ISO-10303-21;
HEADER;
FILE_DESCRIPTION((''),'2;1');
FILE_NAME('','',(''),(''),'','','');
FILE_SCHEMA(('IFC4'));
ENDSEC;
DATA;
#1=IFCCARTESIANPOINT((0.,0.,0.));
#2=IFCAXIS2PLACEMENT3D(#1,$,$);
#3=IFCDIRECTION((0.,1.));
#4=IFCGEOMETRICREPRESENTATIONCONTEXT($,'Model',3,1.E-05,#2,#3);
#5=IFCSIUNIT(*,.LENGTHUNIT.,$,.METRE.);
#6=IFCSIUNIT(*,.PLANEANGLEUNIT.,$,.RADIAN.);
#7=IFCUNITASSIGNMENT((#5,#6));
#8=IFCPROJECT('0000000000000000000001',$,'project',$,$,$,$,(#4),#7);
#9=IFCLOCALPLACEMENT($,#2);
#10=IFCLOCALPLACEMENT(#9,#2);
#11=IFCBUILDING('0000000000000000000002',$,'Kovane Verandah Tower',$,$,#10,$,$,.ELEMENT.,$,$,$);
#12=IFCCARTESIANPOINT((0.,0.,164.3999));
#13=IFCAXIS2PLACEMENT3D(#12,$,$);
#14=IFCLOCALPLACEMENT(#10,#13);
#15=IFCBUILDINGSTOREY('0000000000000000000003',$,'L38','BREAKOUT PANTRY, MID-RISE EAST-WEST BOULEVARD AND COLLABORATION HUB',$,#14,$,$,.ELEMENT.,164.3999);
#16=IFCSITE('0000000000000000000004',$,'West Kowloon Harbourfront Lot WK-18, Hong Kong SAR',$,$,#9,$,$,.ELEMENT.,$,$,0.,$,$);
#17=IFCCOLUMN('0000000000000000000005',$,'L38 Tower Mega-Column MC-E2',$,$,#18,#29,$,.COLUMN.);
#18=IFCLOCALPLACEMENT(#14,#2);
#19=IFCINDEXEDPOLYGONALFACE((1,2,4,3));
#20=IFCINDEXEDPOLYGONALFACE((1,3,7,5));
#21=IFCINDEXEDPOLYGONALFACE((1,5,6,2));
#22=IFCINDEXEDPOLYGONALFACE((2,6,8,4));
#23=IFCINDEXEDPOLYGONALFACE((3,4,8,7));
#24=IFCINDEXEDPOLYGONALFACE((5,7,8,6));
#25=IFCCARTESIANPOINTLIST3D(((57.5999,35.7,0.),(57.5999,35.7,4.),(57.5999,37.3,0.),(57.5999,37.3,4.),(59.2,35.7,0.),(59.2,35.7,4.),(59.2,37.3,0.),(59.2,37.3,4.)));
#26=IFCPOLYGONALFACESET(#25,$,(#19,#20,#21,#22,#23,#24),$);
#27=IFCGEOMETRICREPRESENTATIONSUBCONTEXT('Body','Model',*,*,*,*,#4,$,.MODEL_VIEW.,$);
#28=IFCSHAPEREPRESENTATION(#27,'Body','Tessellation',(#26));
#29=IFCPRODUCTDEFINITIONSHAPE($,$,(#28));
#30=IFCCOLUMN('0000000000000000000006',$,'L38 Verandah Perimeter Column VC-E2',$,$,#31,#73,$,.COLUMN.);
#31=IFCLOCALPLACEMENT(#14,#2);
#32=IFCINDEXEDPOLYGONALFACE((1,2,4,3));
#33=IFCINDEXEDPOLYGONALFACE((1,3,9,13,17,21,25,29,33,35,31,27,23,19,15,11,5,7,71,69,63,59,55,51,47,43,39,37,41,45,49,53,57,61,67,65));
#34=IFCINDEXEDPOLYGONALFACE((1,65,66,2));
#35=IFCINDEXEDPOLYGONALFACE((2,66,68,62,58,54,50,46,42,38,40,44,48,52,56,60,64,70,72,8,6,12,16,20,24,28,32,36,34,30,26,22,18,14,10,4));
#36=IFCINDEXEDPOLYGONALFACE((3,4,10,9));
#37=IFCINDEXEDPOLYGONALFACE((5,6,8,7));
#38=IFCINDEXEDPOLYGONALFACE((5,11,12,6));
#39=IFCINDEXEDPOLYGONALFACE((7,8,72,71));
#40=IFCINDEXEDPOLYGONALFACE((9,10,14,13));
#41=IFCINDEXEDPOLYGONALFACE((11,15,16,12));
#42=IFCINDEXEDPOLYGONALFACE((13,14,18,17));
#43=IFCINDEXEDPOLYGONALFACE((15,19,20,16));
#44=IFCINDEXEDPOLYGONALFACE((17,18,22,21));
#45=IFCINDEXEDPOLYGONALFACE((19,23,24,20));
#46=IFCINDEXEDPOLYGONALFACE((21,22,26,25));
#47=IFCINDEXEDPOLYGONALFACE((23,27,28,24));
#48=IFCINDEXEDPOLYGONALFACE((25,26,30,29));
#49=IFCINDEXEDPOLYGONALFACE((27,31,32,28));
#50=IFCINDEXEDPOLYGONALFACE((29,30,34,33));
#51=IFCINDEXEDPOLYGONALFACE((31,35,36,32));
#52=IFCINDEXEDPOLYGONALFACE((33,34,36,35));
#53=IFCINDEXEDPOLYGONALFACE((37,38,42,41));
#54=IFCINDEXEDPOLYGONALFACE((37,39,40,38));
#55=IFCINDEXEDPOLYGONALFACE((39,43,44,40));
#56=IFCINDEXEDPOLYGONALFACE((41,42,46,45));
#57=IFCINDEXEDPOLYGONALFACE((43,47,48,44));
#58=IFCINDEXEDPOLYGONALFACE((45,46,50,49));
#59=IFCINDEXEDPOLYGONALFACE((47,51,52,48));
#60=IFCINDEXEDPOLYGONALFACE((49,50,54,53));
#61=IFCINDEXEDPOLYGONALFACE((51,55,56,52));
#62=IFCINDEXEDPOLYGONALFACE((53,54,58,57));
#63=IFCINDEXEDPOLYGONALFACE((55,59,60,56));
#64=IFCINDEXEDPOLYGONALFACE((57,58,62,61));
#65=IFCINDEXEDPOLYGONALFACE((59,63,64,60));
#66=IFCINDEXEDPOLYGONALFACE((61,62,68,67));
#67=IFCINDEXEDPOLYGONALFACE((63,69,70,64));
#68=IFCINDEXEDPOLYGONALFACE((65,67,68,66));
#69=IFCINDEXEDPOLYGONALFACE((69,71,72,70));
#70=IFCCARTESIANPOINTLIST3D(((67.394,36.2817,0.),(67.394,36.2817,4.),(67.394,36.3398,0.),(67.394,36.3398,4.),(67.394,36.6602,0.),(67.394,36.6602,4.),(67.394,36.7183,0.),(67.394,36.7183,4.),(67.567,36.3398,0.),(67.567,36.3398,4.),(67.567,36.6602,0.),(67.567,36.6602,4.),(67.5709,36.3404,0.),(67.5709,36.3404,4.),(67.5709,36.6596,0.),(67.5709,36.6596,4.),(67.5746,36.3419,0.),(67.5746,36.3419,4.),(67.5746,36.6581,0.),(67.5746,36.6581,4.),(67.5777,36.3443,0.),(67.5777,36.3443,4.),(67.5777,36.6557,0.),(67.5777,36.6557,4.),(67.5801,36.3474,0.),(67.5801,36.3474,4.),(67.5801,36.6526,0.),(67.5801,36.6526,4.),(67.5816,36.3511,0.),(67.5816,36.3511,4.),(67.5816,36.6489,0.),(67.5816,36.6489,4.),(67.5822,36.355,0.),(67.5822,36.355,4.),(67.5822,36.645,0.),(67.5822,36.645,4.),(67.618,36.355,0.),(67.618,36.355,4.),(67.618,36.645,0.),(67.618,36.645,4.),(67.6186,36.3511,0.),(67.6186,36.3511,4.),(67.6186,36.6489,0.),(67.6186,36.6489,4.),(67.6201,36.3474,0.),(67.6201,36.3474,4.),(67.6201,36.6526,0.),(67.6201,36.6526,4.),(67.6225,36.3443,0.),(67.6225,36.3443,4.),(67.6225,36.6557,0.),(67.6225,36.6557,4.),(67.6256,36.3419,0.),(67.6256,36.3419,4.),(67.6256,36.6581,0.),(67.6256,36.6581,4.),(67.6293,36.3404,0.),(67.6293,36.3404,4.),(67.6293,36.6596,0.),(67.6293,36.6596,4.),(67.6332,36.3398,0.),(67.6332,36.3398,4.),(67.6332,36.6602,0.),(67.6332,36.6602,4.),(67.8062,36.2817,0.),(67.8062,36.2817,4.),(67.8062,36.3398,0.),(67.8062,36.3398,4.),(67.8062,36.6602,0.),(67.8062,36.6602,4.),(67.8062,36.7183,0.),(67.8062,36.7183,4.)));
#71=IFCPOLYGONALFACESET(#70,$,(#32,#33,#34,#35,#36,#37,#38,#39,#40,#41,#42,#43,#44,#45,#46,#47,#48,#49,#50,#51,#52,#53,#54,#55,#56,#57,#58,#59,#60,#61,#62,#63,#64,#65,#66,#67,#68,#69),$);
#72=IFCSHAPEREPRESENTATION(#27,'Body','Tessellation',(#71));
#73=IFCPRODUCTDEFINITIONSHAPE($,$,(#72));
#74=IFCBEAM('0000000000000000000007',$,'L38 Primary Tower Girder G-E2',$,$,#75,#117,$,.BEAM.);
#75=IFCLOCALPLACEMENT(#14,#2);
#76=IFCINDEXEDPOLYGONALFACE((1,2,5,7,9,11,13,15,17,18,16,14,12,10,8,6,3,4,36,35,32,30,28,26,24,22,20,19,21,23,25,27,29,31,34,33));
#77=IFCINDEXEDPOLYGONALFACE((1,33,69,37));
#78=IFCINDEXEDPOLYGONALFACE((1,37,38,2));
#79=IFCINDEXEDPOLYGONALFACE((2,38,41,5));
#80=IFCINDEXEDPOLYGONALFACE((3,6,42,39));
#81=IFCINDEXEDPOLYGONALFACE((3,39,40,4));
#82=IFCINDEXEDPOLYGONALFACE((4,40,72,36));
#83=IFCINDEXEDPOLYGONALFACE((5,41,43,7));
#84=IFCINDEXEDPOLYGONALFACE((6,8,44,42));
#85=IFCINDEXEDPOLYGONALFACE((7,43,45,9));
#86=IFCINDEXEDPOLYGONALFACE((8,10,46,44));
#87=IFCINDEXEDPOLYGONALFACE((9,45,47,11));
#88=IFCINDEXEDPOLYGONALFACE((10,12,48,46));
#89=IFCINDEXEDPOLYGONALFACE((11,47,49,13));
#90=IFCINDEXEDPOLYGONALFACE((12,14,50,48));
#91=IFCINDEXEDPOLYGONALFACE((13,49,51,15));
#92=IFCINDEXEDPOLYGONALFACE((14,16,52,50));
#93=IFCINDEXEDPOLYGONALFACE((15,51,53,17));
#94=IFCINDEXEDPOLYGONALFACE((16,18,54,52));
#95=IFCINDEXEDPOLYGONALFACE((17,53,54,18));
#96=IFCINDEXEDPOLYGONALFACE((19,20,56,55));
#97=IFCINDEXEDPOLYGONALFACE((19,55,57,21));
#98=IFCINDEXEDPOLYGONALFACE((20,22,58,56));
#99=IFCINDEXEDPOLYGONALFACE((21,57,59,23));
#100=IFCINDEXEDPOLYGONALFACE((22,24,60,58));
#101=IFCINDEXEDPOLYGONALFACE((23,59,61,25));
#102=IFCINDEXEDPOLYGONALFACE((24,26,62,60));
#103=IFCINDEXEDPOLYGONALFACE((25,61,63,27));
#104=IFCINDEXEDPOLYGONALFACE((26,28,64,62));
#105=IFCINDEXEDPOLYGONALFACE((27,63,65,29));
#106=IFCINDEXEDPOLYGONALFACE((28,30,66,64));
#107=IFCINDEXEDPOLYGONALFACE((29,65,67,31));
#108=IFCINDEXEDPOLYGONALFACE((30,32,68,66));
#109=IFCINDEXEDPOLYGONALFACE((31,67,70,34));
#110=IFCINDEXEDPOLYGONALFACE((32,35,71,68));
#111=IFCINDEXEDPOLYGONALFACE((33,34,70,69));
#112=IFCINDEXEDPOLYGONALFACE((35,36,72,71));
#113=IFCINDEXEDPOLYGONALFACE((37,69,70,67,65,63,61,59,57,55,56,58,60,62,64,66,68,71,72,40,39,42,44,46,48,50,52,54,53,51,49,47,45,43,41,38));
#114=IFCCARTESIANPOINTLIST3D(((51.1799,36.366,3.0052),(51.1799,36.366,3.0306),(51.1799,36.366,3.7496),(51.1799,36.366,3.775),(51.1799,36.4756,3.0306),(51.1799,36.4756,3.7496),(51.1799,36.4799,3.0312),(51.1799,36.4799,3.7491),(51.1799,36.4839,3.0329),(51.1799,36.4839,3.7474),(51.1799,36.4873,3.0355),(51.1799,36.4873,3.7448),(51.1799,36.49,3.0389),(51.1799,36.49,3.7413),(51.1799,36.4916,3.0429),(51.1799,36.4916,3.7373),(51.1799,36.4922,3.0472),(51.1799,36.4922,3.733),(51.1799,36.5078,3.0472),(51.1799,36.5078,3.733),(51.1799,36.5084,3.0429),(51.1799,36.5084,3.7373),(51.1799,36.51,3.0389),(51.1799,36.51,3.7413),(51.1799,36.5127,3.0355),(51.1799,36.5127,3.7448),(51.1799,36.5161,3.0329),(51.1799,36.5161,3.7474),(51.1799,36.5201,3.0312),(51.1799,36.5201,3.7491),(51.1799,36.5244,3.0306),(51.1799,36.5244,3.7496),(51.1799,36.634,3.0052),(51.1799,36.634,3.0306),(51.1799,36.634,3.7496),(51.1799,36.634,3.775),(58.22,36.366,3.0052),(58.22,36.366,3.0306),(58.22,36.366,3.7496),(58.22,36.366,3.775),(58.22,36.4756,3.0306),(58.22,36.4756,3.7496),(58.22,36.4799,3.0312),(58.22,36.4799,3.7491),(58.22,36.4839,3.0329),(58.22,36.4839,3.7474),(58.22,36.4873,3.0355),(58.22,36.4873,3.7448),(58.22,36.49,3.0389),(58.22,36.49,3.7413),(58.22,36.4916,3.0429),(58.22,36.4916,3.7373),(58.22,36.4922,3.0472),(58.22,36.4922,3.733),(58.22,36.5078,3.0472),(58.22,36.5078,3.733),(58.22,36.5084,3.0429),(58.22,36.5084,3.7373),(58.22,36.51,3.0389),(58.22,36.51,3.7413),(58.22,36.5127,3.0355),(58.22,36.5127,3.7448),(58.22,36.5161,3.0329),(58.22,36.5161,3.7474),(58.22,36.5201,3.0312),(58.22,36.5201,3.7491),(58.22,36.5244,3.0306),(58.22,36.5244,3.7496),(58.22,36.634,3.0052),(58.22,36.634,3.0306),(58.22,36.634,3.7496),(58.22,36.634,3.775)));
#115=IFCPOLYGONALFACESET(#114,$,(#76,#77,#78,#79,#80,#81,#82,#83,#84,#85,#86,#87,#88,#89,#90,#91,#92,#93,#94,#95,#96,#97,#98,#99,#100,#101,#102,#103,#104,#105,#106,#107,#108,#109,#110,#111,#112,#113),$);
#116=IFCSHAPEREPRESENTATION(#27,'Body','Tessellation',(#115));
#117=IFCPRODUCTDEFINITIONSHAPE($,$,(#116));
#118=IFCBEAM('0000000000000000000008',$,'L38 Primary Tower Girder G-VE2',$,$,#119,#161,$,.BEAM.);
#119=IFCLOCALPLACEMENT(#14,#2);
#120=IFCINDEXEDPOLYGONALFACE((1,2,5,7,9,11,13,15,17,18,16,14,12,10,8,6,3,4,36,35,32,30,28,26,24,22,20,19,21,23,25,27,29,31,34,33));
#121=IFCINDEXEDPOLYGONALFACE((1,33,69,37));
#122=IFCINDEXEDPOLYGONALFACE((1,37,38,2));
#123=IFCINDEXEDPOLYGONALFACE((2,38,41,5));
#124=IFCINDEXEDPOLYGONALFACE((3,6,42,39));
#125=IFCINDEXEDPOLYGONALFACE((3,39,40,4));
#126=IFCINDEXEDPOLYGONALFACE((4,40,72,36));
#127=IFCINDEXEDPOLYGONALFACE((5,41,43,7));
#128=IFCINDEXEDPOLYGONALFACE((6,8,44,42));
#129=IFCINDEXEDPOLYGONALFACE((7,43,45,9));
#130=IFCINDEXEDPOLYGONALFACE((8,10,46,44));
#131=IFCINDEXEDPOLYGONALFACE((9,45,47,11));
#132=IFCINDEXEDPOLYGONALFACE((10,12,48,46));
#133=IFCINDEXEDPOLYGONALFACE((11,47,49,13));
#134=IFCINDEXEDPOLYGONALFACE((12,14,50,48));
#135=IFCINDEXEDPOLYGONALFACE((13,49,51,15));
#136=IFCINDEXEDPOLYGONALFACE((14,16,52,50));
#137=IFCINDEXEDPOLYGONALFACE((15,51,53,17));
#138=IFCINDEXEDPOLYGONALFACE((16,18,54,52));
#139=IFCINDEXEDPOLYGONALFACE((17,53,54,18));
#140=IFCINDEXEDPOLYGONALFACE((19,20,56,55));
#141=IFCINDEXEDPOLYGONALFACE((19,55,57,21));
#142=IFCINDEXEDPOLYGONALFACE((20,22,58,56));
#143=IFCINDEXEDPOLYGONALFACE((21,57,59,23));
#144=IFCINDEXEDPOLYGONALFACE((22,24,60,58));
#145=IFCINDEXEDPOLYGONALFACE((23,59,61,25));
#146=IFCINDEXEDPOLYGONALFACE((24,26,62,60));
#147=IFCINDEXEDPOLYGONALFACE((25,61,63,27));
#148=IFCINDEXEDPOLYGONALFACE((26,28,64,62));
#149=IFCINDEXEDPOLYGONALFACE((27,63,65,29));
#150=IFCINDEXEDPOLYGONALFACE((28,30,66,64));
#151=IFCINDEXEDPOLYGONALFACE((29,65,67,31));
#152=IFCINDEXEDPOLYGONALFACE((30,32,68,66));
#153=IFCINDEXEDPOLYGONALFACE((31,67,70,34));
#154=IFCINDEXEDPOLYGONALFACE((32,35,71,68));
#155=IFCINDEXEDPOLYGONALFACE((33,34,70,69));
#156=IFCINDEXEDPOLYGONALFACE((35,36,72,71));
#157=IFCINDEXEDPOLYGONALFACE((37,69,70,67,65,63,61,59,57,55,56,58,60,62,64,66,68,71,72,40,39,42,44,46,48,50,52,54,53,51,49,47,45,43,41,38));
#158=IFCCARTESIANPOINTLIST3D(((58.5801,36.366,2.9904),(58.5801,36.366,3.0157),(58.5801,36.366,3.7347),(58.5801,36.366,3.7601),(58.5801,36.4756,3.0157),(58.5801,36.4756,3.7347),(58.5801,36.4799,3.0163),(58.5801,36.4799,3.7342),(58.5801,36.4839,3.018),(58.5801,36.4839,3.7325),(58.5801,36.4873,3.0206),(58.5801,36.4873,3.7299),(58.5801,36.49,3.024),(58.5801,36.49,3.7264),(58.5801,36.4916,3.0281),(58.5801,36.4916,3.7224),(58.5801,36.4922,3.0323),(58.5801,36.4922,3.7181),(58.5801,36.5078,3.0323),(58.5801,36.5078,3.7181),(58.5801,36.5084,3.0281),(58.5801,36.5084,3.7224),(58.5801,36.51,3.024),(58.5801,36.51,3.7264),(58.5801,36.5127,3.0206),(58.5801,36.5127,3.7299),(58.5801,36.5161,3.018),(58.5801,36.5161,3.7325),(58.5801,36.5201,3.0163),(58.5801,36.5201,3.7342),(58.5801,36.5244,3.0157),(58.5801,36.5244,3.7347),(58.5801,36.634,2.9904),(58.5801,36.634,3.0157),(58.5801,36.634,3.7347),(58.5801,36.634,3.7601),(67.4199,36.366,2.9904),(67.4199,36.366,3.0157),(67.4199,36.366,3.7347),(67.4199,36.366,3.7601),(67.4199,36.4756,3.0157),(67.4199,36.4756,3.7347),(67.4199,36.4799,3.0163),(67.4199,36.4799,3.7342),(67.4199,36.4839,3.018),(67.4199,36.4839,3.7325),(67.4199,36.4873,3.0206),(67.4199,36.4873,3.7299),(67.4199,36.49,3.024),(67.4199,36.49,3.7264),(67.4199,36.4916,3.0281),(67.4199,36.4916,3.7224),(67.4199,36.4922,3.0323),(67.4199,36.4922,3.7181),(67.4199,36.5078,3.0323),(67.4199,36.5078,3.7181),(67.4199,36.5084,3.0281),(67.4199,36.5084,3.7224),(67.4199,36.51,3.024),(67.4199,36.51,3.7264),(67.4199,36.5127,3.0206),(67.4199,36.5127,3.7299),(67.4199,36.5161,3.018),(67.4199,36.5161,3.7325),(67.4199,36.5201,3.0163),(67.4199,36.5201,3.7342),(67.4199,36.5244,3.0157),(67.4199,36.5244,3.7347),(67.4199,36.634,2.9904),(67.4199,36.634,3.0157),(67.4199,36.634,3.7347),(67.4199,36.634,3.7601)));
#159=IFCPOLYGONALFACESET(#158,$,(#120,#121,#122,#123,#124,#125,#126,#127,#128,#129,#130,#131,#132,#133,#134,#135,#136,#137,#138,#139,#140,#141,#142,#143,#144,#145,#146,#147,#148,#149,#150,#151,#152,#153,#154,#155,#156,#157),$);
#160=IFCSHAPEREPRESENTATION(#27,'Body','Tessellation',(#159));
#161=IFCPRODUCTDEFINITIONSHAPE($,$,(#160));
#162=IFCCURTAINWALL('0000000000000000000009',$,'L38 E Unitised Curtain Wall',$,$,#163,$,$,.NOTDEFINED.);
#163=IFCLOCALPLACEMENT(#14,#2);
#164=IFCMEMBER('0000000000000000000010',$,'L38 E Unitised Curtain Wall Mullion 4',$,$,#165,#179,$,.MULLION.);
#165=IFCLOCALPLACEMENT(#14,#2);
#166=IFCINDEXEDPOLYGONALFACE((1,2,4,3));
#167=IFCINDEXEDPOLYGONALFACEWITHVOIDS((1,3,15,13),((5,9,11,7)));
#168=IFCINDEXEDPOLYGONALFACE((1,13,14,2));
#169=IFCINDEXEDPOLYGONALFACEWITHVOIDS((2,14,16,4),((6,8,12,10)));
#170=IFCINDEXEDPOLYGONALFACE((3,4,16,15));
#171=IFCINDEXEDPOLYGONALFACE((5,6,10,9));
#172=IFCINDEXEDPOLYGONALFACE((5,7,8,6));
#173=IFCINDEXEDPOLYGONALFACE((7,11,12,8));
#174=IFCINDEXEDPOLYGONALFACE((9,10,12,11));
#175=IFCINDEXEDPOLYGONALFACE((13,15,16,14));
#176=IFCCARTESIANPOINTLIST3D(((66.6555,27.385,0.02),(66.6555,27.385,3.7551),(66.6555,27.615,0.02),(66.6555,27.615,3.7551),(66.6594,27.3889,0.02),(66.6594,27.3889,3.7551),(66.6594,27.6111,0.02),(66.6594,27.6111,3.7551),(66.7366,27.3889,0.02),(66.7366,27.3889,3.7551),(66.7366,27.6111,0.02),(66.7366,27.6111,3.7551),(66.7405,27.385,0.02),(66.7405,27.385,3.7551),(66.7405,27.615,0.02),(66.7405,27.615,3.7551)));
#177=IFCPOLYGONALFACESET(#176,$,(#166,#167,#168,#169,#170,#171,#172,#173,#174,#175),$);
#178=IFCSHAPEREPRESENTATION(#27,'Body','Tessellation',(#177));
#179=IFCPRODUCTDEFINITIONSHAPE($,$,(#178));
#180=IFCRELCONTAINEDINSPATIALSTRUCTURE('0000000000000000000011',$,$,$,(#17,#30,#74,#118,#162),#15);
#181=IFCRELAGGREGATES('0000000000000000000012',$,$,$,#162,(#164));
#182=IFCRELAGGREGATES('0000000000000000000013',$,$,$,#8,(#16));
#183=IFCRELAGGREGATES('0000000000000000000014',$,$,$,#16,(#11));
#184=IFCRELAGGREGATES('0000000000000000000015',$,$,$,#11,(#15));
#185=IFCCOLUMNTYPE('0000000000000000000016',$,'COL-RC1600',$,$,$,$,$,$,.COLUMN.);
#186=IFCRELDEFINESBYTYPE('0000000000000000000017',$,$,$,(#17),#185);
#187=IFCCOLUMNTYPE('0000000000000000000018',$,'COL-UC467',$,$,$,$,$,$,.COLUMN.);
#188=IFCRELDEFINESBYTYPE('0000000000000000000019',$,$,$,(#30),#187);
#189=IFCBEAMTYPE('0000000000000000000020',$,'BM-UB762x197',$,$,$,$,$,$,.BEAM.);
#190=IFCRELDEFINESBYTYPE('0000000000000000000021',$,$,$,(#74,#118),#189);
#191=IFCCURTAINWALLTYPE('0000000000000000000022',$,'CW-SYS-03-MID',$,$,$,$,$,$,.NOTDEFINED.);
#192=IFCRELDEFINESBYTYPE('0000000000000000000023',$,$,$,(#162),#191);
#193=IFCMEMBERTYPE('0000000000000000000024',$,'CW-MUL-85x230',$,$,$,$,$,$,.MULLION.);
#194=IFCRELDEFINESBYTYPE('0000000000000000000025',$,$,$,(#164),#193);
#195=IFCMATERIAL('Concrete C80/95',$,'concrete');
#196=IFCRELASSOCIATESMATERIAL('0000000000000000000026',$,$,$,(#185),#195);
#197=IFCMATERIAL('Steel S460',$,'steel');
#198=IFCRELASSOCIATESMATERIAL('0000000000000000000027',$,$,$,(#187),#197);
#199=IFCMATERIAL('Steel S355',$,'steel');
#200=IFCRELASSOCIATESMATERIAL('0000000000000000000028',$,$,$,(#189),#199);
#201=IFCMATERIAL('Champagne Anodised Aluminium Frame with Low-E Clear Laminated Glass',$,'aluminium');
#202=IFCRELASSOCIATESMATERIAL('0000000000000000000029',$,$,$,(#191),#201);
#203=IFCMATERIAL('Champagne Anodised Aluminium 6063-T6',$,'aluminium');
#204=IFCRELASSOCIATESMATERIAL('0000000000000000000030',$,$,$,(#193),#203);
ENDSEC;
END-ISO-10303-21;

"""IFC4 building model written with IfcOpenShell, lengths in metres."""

from ifc_helpers import new_model, si_unit, direction, frame, origin, origin_2d, place, context, subcontext, project, spatial, rectangle, hollow_rectangle, i_section, extrude, material, material_profile, profile_set, type_object, element, aggregate, save


model = new_model("IFC4")

# Units and contexts
model_context = context("Model", 3, precision=1e-05, world=origin(), true_north=direction((0.0, 1.0)))
body_context = subcontext(model_context, "Body", "Model", "MODEL_VIEW")
ifc_project = project(units=[si_unit("LENGTHUNIT", "METRE"), si_unit("PLANEANGLEUNIT", "RADIAN")], contexts=[model_context])

# Site, building, storey
site_placement = place(None, origin())
site = spatial("IfcSite", under=ifc_project, at=site_placement, Name="West Kowloon Harbourfront Lot WK-18, Hong Kong SAR", CompositionType="ELEMENT", RefElevation=0.0)
building_placement = place(site_placement, origin())
building = spatial("IfcBuilding", under=site, at=building_placement, Name="Kovane Verandah Tower", CompositionType="ELEMENT")
storey_placement = place(building_placement, frame((0.0, 0.0, 164.3999)))
storey = spatial("IfcBuildingStorey", under=building, at=storey_placement, Name="L38", Description="BREAKOUT PANTRY, MID-RISE EAST-WEST BOULEVARD AND COLLABORATION HUB", CompositionType="ELEMENT", Elevation=164.3999)

# Columns
ifc_material_1 = material(Name="Concrete C80/95", Category="concrete")
ifc_material_profile_1 = material_profile(ifc_material_1, rectangle(XDim=1.6001, YDim=1.6001, at=origin_2d()), Name="RC1600x1600")
ifc_profile_set_1 = profile_set([ifc_material_profile_1], Name="Concrete C80/95")
column_type_1 = type_object("IfcColumnType", Name="COL-RC1600", PredefinedType="COLUMN", material=ifc_profile_set_1)
column_1_placement = place(storey_placement, frame((58.3999, 36.5, 0.0), z_axis=(0.0, 0.0, 1.0), x_axis=(1.0, 0.0, 0.0)))
element("IfcColumn", 1, at=column_1_placement, inside=storey, type_object=column_type_1, Name="L38 Tower Mega-Column MC-E2", PredefinedType="COLUMN", context=body_context, shape_type="SweptSolid", body=[
    extrude(rectangle(XDim=1.6001, YDim=1.6001, at=origin_2d()), origin(), (0.0, 0.0, 1.0), 4.0),
])
ifc_material_2 = material(Name="Steel S460", Category="steel")
ifc_material_profile_2 = material_profile(ifc_material_2, i_section(OverallWidth=0.4121, OverallDepth=0.4365, WebThickness=0.0359, FlangeThickness=0.0581, FilletRadius=0.0151, at=origin_2d()), Name="UC356x406x467")
ifc_profile_set_2 = profile_set([ifc_material_profile_2], Name="Steel S460")
column_type_2 = type_object("IfcColumnType", Name="COL-UC467", PredefinedType="COLUMN", material=ifc_profile_set_2)
column_2_placement = place(storey_placement, frame((67.6001, 36.5, 0.0), z_axis=(0.0, 0.0, 1.0), x_axis=(1.0, 0.0, 0.0)))
element("IfcColumn", 2, at=column_2_placement, inside=storey, type_object=column_type_2, Name="L38 Verandah Perimeter Column VC-E2", PredefinedType="COLUMN", context=body_context, shape_type="SweptSolid", body=[
    extrude(i_section(OverallWidth=0.4121, OverallDepth=0.4365, WebThickness=0.0359, FlangeThickness=0.0581, FilletRadius=0.0151, at=origin_2d()), origin(), (0.0, 0.0, 1.0), 4.0),
])

# Beams
ifc_material_3 = material(Name="Steel S355", Category="steel")
ifc_material_profile_3 = material_profile(ifc_material_3, i_section(OverallWidth=0.2681, OverallDepth=0.7698, WebThickness=0.0156, FlangeThickness=0.0254, FilletRadius=0.0166, at=origin_2d()), Name="UB762x267x197")
ifc_profile_set_3 = profile_set([ifc_material_profile_3], Name="Steel S355")
beam_type = type_object("IfcBeamType", Name="BM-UB762x197", PredefinedType="BEAM", material=ifc_profile_set_3)
beam_1_placement = place(storey_placement, frame((51.1799, 36.5, 3.3901), z_axis=(1.0, 0.0, 0.0), x_axis=(0.0, 1.0, 0.0)))
element("IfcBeam", 3, at=beam_1_placement, inside=storey, type_object=beam_type, Name="L38 Primary Tower Girder G-E2", PredefinedType="BEAM", context=body_context, shape_type="SweptSolid", body=[
    extrude(i_section(OverallWidth=0.2681, OverallDepth=0.7698, WebThickness=0.0156, FlangeThickness=0.0254, FilletRadius=0.0166, at=origin_2d()), origin(), (0.0, 0.0, 1.0), 7.04),
])
beam_2_placement = place(storey_placement, frame((58.5801, 36.5, 3.3752), z_axis=(1.0, 0.0, 0.0), x_axis=(0.0, 1.0, 0.0)))
element("IfcBeam", 4, at=beam_2_placement, inside=storey, type_object=beam_type, Name="L38 Primary Tower Girder G-VE2", PredefinedType="BEAM", context=body_context, shape_type="SweptSolid", body=[
    extrude(i_section(OverallWidth=0.2681, OverallDepth=0.7698, WebThickness=0.0156, FlangeThickness=0.0254, FilletRadius=0.0166, at=origin_2d()), origin(), (0.0, 0.0, 1.0), 8.8398),
])

# Curtain wall, member
ifc_material_4 = material(Name="Champagne Anodised Aluminium Frame with Low-E Clear Laminated Glass", Category="aluminium")
curtain_wall_type = type_object("IfcCurtainWallType", Name="CW-SYS-03-MID", PredefinedType="NOTDEFINED", material=ifc_material_4)
curtain_wall_placement = place(storey_placement, origin())
curtain_wall = element("IfcCurtainWall", 5, at=curtain_wall_placement, inside=storey, type_object=curtain_wall_type, Name="L38 E Unitised Curtain Wall", PredefinedType="NOTDEFINED")
ifc_material_5 = material(Name="Champagne Anodised Aluminium 6063-T6", Category="aluminium")
ifc_material_profile_4 = material_profile(ifc_material_5, hollow_rectangle(XDim=0.085, YDim=0.23, WallThickness=0.0039, at=origin_2d()), Name="AL85x230x4")
ifc_profile_set_4 = profile_set([ifc_material_profile_4], Name="Champagne Anodised Aluminium 6063-T6")
member_type_1 = type_object("IfcMemberType", Name="CW-MUL-85x230", PredefinedType="MULLION", material=ifc_profile_set_4)
member_1_placement = place(storey_placement, frame((66.698, 27.5, 0.02), z_axis=(0.0, 0.0, 1.0), x_axis=(1.0, 0.0, 0.0)))
member_1 = element("IfcMember", 6, at=member_1_placement, type_object=member_type_1, Name="L38 E Unitised Curtain Wall Mullion 4", PredefinedType="MULLION", context=body_context, shape_type="SweptSolid", body=[
    extrude(hollow_rectangle(XDim=0.085, YDim=0.23, WallThickness=0.0039, at=origin_2d()), origin(), (0.0, 0.0, 1.0), 3.7351),
])
aggregate(curtain_wall, [member_1])

save(model, "model.ifc")
